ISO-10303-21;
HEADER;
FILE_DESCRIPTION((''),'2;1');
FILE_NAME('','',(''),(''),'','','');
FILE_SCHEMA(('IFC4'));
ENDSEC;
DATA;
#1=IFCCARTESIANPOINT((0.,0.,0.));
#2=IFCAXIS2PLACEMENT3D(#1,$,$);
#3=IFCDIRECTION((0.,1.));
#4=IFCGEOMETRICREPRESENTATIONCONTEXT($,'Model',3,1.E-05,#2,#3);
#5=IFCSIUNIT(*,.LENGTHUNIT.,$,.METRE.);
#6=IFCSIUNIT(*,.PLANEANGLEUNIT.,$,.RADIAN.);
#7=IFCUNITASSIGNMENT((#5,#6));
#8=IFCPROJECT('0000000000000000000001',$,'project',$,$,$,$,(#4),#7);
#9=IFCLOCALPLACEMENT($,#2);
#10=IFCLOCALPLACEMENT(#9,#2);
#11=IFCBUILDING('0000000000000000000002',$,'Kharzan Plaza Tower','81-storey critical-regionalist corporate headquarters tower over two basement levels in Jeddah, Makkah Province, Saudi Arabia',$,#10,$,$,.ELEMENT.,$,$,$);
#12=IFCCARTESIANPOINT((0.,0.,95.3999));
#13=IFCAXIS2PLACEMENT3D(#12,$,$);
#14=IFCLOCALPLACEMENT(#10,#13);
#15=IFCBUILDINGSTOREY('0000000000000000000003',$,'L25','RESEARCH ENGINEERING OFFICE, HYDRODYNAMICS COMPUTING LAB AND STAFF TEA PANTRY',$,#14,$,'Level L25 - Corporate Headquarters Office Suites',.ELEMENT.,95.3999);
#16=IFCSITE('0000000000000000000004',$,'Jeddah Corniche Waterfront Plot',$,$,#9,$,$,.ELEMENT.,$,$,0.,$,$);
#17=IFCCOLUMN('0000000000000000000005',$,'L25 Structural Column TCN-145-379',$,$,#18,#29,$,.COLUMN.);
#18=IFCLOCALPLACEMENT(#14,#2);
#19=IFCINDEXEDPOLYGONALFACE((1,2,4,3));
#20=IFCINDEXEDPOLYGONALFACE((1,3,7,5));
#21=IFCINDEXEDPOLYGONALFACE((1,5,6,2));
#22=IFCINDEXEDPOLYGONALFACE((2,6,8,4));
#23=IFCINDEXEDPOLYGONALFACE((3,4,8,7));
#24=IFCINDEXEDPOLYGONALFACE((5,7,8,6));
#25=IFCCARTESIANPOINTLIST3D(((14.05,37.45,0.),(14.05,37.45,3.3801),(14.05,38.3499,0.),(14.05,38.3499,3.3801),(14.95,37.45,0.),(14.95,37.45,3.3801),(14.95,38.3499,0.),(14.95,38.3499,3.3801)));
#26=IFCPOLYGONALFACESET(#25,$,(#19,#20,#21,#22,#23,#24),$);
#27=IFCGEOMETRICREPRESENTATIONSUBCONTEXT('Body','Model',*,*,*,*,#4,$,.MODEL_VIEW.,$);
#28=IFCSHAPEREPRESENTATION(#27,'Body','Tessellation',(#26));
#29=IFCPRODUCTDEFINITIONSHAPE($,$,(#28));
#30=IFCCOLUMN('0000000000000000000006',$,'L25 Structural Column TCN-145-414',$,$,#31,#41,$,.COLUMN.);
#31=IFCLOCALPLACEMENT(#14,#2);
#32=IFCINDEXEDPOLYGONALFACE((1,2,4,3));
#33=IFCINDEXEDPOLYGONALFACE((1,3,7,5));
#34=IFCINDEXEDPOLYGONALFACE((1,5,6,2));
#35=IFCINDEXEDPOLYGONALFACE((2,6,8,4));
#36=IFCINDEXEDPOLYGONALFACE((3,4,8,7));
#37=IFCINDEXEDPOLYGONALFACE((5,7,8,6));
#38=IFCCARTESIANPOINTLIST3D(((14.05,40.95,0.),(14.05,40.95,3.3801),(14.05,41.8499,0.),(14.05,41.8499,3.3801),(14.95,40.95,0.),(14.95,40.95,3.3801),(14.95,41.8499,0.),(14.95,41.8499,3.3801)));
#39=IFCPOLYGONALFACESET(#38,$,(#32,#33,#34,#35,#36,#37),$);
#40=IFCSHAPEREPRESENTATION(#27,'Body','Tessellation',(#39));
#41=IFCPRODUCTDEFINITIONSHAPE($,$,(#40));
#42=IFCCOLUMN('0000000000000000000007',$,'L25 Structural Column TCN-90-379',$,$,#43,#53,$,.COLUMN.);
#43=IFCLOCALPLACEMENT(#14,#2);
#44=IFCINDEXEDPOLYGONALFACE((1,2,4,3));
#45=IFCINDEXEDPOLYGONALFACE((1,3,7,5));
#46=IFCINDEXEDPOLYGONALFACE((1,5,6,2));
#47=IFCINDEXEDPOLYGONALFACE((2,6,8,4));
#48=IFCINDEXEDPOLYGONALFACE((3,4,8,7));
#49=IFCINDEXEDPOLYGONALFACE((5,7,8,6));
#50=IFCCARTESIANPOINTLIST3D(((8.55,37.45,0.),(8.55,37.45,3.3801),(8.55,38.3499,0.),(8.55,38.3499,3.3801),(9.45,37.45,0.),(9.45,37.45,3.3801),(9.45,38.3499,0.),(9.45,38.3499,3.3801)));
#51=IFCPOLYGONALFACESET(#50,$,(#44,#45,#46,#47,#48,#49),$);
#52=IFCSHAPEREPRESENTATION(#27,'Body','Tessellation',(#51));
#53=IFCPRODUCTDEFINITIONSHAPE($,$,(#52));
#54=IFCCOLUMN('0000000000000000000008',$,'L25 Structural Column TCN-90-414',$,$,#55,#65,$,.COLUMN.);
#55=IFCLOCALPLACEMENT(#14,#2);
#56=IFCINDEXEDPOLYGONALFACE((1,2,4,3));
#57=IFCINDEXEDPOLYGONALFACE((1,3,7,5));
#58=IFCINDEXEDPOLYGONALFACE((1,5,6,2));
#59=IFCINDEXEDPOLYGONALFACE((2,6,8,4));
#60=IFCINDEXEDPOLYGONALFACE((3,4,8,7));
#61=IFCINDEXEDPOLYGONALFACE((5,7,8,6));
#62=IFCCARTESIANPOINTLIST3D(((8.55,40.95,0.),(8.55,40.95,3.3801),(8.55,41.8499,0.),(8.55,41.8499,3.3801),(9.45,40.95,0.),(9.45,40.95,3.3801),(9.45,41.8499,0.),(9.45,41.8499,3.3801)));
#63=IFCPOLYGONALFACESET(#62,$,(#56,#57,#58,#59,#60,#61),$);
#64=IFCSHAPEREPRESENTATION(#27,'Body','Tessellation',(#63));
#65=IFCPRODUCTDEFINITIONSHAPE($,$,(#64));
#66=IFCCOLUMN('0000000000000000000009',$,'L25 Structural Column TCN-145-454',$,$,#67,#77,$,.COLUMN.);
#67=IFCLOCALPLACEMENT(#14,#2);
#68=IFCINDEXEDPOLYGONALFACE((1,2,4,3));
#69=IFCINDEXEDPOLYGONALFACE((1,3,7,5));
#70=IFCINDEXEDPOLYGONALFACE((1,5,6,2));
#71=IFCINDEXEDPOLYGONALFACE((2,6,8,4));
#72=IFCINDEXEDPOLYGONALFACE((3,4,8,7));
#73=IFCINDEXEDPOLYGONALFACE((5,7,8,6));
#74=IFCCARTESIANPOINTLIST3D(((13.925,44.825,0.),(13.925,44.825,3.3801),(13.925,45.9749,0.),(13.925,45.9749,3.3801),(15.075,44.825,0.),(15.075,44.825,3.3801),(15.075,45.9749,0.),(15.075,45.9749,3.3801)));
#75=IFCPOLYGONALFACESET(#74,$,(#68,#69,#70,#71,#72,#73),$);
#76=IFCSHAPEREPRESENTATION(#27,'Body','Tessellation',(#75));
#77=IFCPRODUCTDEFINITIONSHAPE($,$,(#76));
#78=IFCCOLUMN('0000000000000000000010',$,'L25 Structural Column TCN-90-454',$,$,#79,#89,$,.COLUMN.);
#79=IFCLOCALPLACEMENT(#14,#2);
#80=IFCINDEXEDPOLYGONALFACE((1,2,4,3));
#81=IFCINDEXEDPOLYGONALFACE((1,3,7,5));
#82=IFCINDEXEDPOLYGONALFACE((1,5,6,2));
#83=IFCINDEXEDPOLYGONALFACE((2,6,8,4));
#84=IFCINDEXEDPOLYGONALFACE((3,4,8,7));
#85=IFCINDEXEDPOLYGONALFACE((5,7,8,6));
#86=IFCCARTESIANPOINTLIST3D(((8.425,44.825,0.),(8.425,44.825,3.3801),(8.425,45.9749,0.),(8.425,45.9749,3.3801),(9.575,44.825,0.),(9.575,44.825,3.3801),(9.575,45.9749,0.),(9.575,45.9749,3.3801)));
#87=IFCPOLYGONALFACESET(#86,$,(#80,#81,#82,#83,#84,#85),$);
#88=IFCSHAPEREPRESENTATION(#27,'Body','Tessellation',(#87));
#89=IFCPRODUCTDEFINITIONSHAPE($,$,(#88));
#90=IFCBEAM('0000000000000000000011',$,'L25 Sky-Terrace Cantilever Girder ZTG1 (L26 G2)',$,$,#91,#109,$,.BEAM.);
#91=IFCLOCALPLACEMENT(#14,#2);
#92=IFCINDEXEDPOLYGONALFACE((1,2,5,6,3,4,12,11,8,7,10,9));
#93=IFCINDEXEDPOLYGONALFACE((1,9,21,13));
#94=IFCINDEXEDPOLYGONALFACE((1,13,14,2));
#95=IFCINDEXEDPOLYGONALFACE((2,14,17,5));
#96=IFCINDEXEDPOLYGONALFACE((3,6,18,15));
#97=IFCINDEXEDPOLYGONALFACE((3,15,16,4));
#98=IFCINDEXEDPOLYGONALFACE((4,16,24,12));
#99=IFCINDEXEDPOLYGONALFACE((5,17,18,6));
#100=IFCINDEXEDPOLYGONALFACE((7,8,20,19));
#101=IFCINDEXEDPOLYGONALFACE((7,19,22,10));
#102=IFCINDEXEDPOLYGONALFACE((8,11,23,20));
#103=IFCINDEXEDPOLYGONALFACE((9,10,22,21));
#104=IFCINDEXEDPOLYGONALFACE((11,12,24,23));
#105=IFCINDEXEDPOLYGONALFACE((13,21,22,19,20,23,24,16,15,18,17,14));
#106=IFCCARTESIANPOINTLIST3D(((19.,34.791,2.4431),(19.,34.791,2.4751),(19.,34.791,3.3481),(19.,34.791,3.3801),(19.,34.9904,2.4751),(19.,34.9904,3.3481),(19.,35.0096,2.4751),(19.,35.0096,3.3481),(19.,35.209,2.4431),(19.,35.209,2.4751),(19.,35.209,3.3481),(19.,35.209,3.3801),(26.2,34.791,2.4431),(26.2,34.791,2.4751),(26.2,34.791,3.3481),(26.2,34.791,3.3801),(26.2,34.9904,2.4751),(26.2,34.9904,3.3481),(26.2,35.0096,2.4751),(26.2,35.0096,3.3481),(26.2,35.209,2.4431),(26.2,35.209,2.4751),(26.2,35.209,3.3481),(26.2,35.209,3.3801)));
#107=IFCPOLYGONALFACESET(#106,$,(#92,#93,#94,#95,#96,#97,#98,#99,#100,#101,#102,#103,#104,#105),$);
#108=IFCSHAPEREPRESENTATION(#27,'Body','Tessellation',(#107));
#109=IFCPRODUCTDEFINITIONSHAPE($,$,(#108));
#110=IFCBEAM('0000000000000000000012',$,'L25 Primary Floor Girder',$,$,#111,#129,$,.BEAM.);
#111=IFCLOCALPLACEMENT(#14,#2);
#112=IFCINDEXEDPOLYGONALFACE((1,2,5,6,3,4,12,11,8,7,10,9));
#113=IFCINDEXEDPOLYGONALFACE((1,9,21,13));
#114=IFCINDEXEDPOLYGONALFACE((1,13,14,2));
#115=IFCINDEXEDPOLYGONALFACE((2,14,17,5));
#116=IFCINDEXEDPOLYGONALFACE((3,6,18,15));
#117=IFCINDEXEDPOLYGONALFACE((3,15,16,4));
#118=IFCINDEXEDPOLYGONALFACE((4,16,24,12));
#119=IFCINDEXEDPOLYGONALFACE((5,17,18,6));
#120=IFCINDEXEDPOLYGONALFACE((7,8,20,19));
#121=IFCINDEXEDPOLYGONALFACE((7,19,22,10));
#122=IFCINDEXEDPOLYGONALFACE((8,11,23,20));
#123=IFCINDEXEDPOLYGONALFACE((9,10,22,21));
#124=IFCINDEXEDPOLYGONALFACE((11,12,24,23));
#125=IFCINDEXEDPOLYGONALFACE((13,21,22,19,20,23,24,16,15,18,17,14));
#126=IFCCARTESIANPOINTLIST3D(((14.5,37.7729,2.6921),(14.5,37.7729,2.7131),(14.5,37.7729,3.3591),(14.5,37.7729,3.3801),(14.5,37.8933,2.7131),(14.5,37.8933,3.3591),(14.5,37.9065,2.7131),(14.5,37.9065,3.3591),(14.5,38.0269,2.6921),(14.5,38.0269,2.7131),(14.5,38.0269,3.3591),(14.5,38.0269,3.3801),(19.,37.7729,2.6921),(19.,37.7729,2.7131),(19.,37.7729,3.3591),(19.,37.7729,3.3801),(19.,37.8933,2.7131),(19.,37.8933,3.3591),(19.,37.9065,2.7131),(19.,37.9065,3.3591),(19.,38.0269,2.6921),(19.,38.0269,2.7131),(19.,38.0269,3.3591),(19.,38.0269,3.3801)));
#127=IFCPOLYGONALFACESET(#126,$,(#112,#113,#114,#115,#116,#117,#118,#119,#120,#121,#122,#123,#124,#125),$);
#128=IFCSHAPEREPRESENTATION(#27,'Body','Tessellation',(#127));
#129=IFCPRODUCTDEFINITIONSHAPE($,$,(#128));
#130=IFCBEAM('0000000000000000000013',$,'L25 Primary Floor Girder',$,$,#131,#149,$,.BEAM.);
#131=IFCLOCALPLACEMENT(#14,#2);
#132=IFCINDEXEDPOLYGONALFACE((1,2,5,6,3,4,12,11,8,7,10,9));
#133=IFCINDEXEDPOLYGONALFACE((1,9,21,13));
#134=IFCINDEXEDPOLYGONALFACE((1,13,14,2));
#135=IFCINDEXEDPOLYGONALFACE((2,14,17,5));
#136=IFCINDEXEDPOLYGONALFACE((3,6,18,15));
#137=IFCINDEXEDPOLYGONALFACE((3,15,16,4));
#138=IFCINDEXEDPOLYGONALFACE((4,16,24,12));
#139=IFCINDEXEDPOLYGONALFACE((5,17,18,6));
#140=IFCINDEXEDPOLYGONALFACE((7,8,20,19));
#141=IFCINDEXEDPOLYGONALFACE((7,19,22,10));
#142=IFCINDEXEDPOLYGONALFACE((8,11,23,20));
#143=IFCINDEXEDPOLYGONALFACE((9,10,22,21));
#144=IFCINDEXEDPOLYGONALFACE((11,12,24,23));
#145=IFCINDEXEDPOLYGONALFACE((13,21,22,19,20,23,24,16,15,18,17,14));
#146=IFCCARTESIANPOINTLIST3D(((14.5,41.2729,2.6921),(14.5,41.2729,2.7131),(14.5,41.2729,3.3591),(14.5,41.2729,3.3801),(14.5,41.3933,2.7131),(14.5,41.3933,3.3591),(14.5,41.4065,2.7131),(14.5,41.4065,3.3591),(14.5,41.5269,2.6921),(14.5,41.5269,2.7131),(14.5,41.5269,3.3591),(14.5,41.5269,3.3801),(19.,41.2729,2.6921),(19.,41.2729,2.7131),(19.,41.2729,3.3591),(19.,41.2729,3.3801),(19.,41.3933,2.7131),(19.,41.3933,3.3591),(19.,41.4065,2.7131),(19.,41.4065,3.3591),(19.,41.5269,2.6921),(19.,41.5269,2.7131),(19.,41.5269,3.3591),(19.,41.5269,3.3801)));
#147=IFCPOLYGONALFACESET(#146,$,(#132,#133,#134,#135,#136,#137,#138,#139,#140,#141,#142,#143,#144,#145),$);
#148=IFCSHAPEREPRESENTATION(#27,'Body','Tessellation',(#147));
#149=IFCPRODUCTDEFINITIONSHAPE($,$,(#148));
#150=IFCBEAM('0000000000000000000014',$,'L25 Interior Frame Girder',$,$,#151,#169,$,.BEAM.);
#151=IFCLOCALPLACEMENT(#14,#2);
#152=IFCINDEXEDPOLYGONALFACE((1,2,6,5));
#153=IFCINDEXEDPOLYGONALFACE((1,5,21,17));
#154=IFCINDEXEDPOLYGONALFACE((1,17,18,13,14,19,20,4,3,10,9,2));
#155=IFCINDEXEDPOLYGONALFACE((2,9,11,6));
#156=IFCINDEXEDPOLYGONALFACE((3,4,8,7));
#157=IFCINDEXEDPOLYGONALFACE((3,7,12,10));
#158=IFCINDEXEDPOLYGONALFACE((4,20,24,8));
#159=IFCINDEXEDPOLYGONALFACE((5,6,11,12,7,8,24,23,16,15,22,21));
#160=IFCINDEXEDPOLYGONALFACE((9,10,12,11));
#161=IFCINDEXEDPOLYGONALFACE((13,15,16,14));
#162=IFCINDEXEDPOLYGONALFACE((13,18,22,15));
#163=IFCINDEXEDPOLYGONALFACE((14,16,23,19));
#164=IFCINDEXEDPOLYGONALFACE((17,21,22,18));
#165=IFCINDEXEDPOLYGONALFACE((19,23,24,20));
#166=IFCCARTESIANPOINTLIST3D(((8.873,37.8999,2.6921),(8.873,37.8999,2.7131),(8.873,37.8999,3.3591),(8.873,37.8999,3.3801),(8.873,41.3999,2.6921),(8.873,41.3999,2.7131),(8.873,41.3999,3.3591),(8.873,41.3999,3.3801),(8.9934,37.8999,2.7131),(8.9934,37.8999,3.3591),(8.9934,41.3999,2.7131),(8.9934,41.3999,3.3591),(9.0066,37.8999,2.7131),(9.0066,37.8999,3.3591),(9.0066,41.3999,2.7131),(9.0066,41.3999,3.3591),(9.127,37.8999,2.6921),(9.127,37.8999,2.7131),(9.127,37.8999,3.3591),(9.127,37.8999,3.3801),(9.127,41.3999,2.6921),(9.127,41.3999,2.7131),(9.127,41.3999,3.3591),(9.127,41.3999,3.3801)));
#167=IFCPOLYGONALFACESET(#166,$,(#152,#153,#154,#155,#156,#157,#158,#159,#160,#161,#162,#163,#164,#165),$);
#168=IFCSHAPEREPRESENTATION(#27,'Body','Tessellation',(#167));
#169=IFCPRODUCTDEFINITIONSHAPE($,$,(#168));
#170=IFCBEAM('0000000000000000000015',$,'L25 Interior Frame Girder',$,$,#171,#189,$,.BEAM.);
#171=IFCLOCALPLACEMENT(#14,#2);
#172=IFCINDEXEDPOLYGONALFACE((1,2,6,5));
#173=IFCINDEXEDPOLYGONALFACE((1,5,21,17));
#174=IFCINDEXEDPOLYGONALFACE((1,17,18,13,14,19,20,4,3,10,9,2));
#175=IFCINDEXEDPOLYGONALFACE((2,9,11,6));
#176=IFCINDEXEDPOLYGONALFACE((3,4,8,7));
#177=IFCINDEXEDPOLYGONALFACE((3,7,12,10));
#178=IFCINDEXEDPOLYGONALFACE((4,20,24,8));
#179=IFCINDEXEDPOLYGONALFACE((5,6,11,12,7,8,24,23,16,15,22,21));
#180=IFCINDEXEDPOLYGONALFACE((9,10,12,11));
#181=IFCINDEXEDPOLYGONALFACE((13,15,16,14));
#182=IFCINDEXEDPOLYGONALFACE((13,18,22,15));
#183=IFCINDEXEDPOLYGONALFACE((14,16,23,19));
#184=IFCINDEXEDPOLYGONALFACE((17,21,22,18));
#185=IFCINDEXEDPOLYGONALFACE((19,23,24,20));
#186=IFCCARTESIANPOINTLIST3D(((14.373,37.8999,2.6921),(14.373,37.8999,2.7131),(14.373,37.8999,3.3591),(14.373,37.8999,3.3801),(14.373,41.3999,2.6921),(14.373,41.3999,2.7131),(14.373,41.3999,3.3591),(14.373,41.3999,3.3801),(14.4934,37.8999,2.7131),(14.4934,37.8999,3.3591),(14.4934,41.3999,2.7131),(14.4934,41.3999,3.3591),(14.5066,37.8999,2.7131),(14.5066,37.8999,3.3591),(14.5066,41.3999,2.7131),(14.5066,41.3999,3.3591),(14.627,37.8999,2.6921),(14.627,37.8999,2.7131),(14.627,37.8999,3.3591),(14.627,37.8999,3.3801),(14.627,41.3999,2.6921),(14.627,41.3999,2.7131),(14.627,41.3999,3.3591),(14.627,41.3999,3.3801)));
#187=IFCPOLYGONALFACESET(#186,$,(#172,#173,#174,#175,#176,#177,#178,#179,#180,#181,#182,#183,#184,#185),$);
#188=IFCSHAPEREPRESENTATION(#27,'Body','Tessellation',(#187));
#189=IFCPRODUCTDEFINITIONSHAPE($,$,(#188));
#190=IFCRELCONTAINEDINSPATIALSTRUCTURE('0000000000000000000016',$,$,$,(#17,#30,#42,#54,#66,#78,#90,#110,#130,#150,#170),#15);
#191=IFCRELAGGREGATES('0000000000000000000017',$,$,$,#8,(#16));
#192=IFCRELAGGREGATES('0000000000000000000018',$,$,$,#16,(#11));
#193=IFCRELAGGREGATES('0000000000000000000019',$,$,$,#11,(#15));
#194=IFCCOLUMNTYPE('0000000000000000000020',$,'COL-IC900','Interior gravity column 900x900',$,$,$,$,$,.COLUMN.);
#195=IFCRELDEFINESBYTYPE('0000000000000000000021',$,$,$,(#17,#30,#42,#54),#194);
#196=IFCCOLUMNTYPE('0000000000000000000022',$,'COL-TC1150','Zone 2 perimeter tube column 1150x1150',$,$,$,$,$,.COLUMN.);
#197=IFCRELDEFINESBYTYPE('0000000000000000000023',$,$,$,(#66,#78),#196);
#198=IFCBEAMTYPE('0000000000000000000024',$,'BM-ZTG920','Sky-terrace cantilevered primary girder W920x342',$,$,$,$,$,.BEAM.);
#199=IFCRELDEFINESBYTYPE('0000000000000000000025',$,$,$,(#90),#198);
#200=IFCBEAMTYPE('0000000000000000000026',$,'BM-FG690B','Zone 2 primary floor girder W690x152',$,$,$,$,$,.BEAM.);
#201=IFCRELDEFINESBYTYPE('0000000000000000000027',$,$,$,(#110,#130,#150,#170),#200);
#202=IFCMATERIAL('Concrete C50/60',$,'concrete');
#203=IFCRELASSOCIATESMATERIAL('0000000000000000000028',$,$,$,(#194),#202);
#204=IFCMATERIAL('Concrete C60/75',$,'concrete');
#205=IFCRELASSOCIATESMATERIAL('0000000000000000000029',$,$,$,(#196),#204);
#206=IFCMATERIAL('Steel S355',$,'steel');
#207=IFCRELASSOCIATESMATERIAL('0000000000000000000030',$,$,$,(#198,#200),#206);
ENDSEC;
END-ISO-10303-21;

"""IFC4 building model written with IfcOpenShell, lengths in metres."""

from ifc_helpers import new_model, si_unit, direction, frame, origin, origin_2d, place, context, subcontext, project, spatial, rectangle, i_section, extrude, source, transform, mapped, material, material_profile, profile_set, type_object, element, save


model = new_model("IFC4")

# Units and contexts
model_context = context("Model", 3, precision=1e-05, world=origin(), true_north=direction((0.0, 1.0)))
body_context = subcontext(model_context, "Body", "Model", "MODEL_VIEW")
ifc_project = project(units=[si_unit("LENGTHUNIT", "METRE"), si_unit("PLANEANGLEUNIT", "RADIAN")], contexts=[model_context])

# Site, building, storey
site_placement = place(None, origin())
site = spatial("IfcSite", under=ifc_project, at=site_placement, Name="Jeddah Corniche Waterfront Plot", CompositionType="ELEMENT", RefElevation=0.0)
building_placement = place(site_placement, origin())
building = spatial("IfcBuilding", under=site, at=building_placement, Name="Kharzan Plaza Tower", Description="81-storey critical-regionalist corporate headquarters tower over two basement levels in Jeddah, Makkah Province, Saudi Arabia", CompositionType="ELEMENT")
storey_placement = place(building_placement, frame((0.0, 0.0, 95.3999)))
storey = spatial("IfcBuildingStorey", under=building, at=storey_placement, Name="L25", Description="RESEARCH ENGINEERING OFFICE, HYDRODYNAMICS COMPUTING LAB AND STAFF TEA PANTRY", LongName="Level L25 - Corporate Headquarters Office Suites", CompositionType="ELEMENT", Elevation=95.3999)

# Columns
ifc_material_1 = material(Name="Concrete C50/60", Category="concrete")
ifc_material_profile_1 = material_profile(ifc_material_1, rectangle(XDim=0.8999, YDim=0.8999, at=origin_2d()), Name="RC-IC900x900")
ifc_profile_set_1 = profile_set([ifc_material_profile_1], Name="Concrete C50/60")
column_type_1 = type_object("IfcColumnType", Name="COL-IC900", Description="Interior gravity column 900x900", PredefinedType="COLUMN", material=ifc_profile_set_1)
shared_shape_1 = source(origin(), body_context, "Body", "SweptSolid", [
    extrude(rectangle(XDim=0.8999, YDim=0.8999, at=origin_2d()), origin(), (0.0, 0.0, 1.0), 3.3801),
])
for number, where, z_axis, x_axis, name in (
    (1, (14.5, 37.8999, 0.0), (0.0, 0.0, 1.0), (1.0, 0.0, 0.0), "L25 Structural Column TCN-145-379"),
    (2, (14.5, 41.3999, 0.0), (0.0, 0.0, 1.0), (1.0, 0.0, 0.0), "L25 Structural Column TCN-145-414"),
    (3, (9.0, 37.8999, 0.0), (0.0, 0.0, 1.0), (1.0, 0.0, 0.0), "L25 Structural Column TCN-90-379"),
    (4, (9.0, 41.3999, 0.0), (0.0, 0.0, 1.0), (1.0, 0.0, 0.0), "L25 Structural Column TCN-90-414"),
):
    element("IfcColumn", number, at=place(storey_placement, frame(where, z_axis=z_axis, x_axis=x_axis)), inside=storey, type_object=column_type_1, Name=name, PredefinedType="COLUMN", context=body_context, shape_type="MappedRepresentation", body=[
        mapped(shared_shape_1, transform((0.0, 0.0, 0.0), x_axis=(1.0, 0.0, 0.0), y_axis=(0.0, 1.0, 0.0), z_axis=(0.0, 0.0, 1.0))),
    ])
ifc_material_2 = material(Name="Concrete C60/75", Category="concrete")
ifc_material_profile_2 = material_profile(ifc_material_2, rectangle(XDim=1.1499, YDim=1.1499, at=origin_2d()), Name="RC-TC1150x1150")
ifc_profile_set_2 = profile_set([ifc_material_profile_2], Name="Concrete C60/75")
column_type_2 = type_object("IfcColumnType", Name="COL-TC1150", Description="Zone 2 perimeter tube column 1150x1150", PredefinedType="COLUMN", material=ifc_profile_set_2)
shared_shape_2 = source(origin(), body_context, "Body", "SweptSolid", [
    extrude(rectangle(XDim=1.1499, YDim=1.1499, at=origin_2d()), origin(), (0.0, 0.0, 1.0), 3.3801),
])
for number, where, z_axis, x_axis, name in (
    (5, (14.5, 45.3999, 0.0), (0.0, 0.0, 1.0), (1.0, 0.0, 0.0), "L25 Structural Column TCN-145-454"),
    (6, (9.0, 45.3999, 0.0), (0.0, 0.0, 1.0), (1.0, 0.0, 0.0), "L25 Structural Column TCN-90-454"),
):
    element("IfcColumn", number, at=place(storey_placement, frame(where, z_axis=z_axis, x_axis=x_axis)), inside=storey, type_object=column_type_2, Name=name, PredefinedType="COLUMN", context=body_context, shape_type="MappedRepresentation", body=[
        mapped(shared_shape_2, transform((0.0, 0.0, 0.0), x_axis=(1.0, 0.0, 0.0), y_axis=(0.0, 1.0, 0.0), z_axis=(0.0, 0.0, 1.0))),
    ])

# Beams
ifc_material_3 = material(Name="Steel S355", Category="steel")
ifc_material_profile_3 = material_profile(ifc_material_3, i_section(OverallWidth=0.418, OverallDepth=0.937, WebThickness=0.0193, FlangeThickness=0.032, at=origin_2d()), Name="W920x342")
ifc_profile_set_3 = profile_set([ifc_material_profile_3], Name="Steel S355")
beam_type_1 = type_object("IfcBeamType", Name="BM-ZTG920", Description="Sky-terrace cantilevered primary girder W920x342", PredefinedType="BEAM", material=ifc_profile_set_3)
shared_shape_3 = source(origin(), body_context, "Body", "SweptSolid", [
    extrude(i_section(OverallWidth=0.418, OverallDepth=0.937, WebThickness=0.0193, FlangeThickness=0.032, at=origin_2d()), origin(), (0.0, 0.0, 1.0), 7.2),
])
beam_1_placement = place(storey_placement, frame((19.0, 35.0, 2.9116), z_axis=(1.0, 0.0, 0.0), x_axis=(0.0, 1.0, 0.0)))
element("IfcBeam", 7, at=beam_1_placement, inside=storey, type_object=beam_type_1, Name="L25 Sky-Terrace Cantilever Girder ZTG1 (L26 G2)", PredefinedType="BEAM", context=body_context, shape_type="MappedRepresentation", body=[
    mapped(shared_shape_3, transform((0.0, 0.0, 0.0), x_axis=(1.0, 0.0, 0.0), y_axis=(0.0, 1.0, 0.0), z_axis=(0.0, 0.0, 1.0))),
])
ifc_material_profile_4 = material_profile(ifc_material_3, i_section(OverallWidth=0.2539, OverallDepth=0.688, WebThickness=0.0132, FlangeThickness=0.021, at=origin_2d()), Name="W690x152")
ifc_profile_set_4 = profile_set([ifc_material_profile_4], Name="Steel S355")
beam_type_2 = type_object("IfcBeamType", Name="BM-FG690B", Description="Zone 2 primary floor girder W690x152", PredefinedType="BEAM", material=ifc_profile_set_4)
shared_shape_4 = source(origin(), body_context, "Body", "SweptSolid", [
    extrude(i_section(OverallWidth=0.2539, OverallDepth=0.688, WebThickness=0.0132, FlangeThickness=0.021, at=origin_2d()), origin(), (0.0, 0.0, 1.0), 4.5),
])
for number, where, z_axis, x_axis, name in (
    (8, (14.5, 37.8999, 3.0361), (1.0, 0.0, 0.0), (0.0, 1.0, 0.0), "L25 Primary Floor Girder"),
    (9, (14.5, 41.3999, 3.0361), (1.0, 0.0, 0.0), (0.0, 1.0, 0.0), "L25 Primary Floor Girder"),
):
    element("IfcBeam", number, at=place(storey_placement, frame(where, z_axis=z_axis, x_axis=x_axis)), inside=storey, type_object=beam_type_2, Name=name, PredefinedType="BEAM", context=body_context, shape_type="MappedRepresentation", body=[
        mapped(shared_shape_4, transform((0.0, 0.0, 0.0), x_axis=(1.0, 0.0, 0.0), y_axis=(0.0, 1.0, 0.0), z_axis=(0.0, 0.0, 1.0))),
    ])
shared_shape_5 = source(origin(), body_context, "Body", "SweptSolid", [
    extrude(i_section(OverallWidth=0.2539, OverallDepth=0.688, WebThickness=0.0132, FlangeThickness=0.021, at=origin_2d()), origin(), (0.0, 0.0, 1.0), 3.5),
])
for number, where, z_axis, x_axis, name in (
    (10, (9.0, 37.8999, 3.0361), (0.0, 1.0, 0.0), (-1.0, 0.0, 0.0), "L25 Interior Frame Girder"),
    (11, (14.5, 37.8999, 3.0361), (0.0, 1.0, 0.0), (-1.0, 0.0, 0.0), "L25 Interior Frame Girder"),
):
    element("IfcBeam", number, at=place(storey_placement, frame(where, z_axis=z_axis, x_axis=x_axis)), inside=storey, type_object=beam_type_2, Name=name, PredefinedType="BEAM", context=body_context, shape_type="MappedRepresentation", body=[
        mapped(shared_shape_5, transform((0.0, 0.0, 0.0), x_axis=(1.0, 0.0, 0.0), y_axis=(0.0, 1.0, 0.0), z_axis=(0.0, 0.0, 1.0))),
    ])

save(model, "model.ifc")
